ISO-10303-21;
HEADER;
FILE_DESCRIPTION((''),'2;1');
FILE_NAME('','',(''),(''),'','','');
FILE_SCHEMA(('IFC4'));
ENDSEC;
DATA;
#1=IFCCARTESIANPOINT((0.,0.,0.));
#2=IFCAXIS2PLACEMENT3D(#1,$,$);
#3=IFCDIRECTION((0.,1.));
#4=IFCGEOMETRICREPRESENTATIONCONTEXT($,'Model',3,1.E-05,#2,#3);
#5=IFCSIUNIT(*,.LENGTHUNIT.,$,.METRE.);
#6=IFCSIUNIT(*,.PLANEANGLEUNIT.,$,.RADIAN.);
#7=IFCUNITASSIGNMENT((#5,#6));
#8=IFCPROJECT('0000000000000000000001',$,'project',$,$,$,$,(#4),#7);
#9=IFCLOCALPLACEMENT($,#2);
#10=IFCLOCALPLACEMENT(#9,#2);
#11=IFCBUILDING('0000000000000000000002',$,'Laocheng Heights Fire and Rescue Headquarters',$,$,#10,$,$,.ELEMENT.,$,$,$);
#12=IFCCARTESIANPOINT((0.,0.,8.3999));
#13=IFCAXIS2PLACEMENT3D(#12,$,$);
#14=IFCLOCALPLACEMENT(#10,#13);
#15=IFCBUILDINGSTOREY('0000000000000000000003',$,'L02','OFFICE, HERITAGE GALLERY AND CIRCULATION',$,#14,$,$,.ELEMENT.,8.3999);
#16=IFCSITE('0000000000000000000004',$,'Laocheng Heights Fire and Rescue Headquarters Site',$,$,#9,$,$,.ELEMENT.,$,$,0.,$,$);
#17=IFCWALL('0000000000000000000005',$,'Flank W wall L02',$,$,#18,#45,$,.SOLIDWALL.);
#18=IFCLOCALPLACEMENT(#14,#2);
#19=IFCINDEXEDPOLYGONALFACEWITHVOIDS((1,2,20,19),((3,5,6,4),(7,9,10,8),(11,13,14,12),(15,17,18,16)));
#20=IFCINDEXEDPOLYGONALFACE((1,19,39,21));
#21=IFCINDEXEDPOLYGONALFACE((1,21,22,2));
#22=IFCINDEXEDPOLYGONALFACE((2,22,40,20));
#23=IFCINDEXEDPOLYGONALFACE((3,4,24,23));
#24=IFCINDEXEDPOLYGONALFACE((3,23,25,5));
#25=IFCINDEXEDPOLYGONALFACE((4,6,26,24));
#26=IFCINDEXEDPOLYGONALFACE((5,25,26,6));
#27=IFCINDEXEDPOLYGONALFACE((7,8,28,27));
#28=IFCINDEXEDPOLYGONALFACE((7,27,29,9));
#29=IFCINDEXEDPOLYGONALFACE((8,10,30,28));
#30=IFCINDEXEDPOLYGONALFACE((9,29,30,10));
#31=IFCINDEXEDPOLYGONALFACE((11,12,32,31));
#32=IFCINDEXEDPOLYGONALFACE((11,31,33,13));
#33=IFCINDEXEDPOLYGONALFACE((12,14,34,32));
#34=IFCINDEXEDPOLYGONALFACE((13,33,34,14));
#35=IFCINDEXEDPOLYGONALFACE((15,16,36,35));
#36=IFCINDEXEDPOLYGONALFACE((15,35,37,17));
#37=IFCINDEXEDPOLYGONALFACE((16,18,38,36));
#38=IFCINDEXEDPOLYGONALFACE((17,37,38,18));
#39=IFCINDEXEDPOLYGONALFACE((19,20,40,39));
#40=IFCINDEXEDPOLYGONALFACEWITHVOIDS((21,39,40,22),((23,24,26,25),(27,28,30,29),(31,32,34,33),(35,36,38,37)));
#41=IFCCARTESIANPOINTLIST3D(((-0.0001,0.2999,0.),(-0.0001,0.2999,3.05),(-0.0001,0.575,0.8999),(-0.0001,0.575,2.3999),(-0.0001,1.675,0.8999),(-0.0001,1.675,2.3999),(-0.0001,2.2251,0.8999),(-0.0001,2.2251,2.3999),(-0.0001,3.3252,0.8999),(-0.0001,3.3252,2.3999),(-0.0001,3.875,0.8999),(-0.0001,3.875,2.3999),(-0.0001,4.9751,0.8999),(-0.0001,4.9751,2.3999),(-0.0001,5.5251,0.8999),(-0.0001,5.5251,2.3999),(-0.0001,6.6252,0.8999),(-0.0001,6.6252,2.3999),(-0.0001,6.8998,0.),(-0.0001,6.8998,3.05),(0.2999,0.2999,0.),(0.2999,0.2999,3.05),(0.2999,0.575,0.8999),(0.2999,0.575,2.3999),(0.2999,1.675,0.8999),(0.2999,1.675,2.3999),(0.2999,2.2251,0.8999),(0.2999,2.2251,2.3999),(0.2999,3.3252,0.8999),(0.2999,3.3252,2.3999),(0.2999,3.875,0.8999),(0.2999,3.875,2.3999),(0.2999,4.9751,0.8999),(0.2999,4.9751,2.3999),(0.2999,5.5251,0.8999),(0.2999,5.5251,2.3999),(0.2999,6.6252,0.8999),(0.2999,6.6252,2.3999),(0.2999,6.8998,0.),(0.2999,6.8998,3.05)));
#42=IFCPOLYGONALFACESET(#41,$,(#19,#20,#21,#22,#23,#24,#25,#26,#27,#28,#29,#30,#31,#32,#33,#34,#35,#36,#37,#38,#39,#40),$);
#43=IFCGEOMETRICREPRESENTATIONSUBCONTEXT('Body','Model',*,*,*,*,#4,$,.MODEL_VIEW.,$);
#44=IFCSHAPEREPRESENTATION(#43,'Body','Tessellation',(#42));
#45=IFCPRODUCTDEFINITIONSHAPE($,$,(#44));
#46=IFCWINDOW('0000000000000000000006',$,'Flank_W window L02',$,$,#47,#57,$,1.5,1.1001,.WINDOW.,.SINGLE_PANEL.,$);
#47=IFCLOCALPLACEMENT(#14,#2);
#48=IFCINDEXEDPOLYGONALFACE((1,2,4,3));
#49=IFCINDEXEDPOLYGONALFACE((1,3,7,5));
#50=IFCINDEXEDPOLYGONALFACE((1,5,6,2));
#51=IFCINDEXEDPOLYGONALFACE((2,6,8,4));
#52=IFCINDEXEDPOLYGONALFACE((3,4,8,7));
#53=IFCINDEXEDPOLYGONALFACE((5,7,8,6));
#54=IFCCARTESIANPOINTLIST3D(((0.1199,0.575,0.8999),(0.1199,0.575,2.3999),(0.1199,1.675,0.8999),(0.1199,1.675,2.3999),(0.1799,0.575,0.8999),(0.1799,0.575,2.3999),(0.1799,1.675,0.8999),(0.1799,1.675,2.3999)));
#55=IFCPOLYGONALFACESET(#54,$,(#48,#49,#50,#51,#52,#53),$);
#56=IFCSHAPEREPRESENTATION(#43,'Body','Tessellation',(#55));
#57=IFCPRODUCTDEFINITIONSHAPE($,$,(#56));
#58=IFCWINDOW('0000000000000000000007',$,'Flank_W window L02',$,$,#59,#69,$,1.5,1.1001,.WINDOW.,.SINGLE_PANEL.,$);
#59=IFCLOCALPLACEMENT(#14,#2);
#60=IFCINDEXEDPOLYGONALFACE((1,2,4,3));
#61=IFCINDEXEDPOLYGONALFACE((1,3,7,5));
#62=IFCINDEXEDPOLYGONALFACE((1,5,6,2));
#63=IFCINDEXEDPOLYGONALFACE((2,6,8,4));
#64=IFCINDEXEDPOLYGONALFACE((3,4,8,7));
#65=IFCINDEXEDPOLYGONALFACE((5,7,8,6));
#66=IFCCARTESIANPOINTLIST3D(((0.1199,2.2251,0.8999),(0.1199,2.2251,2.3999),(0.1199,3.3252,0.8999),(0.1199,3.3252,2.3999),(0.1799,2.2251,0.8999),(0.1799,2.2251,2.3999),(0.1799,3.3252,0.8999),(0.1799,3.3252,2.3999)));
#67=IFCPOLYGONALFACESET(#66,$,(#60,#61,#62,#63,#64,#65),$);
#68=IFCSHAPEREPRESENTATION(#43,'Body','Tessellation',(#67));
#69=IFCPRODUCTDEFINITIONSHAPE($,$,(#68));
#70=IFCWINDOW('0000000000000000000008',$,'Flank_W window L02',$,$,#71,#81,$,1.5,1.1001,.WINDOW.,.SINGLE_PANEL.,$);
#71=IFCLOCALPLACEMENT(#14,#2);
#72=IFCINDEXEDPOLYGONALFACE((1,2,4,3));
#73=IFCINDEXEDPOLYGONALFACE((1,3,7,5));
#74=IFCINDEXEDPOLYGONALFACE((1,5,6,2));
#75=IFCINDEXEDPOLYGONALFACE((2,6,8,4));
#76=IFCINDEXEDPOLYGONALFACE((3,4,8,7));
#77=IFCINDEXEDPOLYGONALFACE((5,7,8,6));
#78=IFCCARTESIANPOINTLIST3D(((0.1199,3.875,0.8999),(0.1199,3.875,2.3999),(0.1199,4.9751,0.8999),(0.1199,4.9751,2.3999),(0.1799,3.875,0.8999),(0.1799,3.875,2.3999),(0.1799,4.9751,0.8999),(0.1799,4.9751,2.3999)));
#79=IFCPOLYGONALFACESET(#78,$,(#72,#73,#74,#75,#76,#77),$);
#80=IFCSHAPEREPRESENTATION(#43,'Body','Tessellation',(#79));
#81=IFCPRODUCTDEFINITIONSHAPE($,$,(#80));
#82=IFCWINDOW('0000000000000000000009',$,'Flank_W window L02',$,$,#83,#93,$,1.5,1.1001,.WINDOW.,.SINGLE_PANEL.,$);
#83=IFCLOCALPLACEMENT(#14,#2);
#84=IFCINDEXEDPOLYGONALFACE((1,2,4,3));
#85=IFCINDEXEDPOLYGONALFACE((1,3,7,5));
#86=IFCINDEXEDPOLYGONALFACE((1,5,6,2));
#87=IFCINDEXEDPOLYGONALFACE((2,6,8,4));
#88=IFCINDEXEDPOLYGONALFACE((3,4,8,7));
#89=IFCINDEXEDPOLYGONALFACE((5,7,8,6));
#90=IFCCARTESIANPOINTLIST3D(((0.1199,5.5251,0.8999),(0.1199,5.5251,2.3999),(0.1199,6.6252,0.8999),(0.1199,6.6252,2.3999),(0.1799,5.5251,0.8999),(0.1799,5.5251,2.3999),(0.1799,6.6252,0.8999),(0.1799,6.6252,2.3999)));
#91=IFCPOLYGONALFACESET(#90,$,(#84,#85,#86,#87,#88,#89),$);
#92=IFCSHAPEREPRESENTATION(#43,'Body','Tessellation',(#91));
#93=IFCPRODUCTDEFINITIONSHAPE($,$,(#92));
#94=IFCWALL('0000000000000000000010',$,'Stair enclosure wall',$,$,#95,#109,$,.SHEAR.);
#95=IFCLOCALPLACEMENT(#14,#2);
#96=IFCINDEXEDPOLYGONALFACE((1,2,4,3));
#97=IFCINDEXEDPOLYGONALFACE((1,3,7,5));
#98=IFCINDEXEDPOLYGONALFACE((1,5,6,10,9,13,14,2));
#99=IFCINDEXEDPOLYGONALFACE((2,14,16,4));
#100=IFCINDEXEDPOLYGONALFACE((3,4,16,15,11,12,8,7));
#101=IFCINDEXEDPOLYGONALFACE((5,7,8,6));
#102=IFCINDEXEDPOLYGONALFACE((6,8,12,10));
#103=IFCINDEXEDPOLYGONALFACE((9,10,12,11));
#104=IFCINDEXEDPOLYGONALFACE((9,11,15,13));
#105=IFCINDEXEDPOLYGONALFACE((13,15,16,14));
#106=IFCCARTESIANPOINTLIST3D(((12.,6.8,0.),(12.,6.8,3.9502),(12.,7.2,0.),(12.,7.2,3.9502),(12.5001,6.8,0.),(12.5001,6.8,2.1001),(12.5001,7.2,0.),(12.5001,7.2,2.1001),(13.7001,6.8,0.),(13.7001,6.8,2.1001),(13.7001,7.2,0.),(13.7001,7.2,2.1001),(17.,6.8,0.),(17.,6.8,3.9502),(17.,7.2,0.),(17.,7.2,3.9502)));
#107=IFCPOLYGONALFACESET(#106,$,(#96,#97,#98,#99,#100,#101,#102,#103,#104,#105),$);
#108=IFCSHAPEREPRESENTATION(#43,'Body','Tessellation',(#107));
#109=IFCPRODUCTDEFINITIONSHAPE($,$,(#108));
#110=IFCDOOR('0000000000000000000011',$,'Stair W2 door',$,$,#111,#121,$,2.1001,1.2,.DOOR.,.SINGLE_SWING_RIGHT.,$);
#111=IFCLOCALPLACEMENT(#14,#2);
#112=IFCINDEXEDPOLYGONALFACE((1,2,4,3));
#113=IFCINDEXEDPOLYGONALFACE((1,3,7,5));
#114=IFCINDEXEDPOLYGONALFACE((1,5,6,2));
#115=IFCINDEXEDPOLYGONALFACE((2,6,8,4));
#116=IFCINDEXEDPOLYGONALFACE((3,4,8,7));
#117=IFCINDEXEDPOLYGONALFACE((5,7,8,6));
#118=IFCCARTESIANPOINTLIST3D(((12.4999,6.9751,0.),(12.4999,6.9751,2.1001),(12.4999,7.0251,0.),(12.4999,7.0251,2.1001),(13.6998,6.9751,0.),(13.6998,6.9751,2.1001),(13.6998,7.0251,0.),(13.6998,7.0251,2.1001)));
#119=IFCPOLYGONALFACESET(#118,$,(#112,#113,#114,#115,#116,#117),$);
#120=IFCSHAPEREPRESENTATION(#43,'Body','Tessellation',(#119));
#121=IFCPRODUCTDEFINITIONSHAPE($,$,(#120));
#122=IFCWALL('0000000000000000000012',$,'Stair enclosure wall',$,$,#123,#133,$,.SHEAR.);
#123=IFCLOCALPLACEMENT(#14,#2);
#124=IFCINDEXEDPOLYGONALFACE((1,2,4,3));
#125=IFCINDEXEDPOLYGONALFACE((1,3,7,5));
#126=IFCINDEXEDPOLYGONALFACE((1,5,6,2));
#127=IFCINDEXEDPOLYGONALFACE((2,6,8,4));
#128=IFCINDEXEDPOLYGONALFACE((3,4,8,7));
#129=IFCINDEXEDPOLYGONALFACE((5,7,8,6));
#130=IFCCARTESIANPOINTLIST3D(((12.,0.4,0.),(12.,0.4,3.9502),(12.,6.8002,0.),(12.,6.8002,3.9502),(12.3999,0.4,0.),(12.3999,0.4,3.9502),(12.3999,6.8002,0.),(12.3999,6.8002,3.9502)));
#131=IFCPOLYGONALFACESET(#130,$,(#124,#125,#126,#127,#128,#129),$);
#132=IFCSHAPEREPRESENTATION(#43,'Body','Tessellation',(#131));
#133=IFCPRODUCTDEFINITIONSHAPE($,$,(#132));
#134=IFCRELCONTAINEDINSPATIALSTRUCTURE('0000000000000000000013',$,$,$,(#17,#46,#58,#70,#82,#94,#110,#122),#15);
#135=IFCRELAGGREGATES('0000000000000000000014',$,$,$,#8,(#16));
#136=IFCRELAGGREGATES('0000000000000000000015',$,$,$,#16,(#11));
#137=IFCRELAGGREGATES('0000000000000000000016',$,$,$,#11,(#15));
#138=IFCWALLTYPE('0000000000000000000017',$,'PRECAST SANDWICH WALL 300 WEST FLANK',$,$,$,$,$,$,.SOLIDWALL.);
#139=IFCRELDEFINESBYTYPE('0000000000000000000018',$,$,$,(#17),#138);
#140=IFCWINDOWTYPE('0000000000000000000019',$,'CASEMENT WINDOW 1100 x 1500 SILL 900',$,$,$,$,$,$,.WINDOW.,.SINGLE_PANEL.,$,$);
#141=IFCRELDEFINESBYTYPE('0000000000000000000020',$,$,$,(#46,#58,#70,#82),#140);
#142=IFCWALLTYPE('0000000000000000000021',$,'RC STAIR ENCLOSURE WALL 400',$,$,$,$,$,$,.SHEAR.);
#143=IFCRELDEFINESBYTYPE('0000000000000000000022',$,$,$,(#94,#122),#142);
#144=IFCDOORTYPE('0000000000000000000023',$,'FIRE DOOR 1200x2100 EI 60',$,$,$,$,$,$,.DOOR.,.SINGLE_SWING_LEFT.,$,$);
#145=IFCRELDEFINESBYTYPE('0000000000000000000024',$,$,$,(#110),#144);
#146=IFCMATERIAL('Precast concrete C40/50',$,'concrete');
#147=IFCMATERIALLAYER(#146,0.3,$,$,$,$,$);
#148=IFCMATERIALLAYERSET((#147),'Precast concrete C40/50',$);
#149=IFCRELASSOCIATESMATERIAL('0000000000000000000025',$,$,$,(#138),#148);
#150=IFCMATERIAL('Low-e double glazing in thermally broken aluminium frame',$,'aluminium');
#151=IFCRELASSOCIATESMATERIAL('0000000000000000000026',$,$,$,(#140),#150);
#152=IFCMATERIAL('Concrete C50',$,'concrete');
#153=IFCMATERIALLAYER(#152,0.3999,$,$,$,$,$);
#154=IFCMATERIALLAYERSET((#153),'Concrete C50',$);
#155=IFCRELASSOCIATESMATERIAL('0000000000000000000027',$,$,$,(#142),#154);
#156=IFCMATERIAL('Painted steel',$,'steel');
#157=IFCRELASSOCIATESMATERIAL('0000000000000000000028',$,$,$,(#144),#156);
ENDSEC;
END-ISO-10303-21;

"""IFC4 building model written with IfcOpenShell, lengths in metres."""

from ifc_helpers import new_model, si_unit, direction, frame, frame_2d, origin, place, context, subcontext, project, spatial, rectangle, extrude, material, layer, layer_set, type_object, element, fill, save


model = new_model("IFC4")

# Units and contexts
model_context = context("Model", 3, precision=1e-05, world=origin(), true_north=direction((0.0, 1.0)))
body_context = subcontext(model_context, "Body", "Model", "MODEL_VIEW")
ifc_project = project(units=[si_unit("LENGTHUNIT", "METRE"), si_unit("PLANEANGLEUNIT", "RADIAN")], contexts=[model_context])

# Site, building, storey
site_placement = place(None, origin())
site = spatial("IfcSite", under=ifc_project, at=site_placement, Name="Laocheng Heights Fire and Rescue Headquarters Site", CompositionType="ELEMENT", RefElevation=0.0)
building_placement = place(site_placement, origin())
building = spatial("IfcBuilding", under=site, at=building_placement, Name="Laocheng Heights Fire and Rescue Headquarters", CompositionType="ELEMENT")
storey_placement = place(building_placement, frame((0.0, 0.0, 8.3999)))
storey = spatial("IfcBuildingStorey", under=building, at=storey_placement, Name="L02", Description="OFFICE, HERITAGE GALLERY AND CIRCULATION", CompositionType="ELEMENT", Elevation=8.3999)

# Wall, openings, windows
ifc_material_1 = material(Name="Precast concrete C40/50", Category="concrete")
ifc_layer_1 = layer(ifc_material_1, 0.3)
ifc_layer_set_1 = layer_set([ifc_layer_1], Name="Precast concrete C40/50")
wall_type_1 = type_object("IfcWallType", Name="PRECAST SANDWICH WALL 300 WEST FLANK", PredefinedType="SOLIDWALL", material=ifc_layer_set_1)
wall_1_placement = place(storey_placement, frame((0.1499, 0.3, 0.0), z_axis=(0.0, 0.0, 1.0), x_axis=(0.0, 1.0, 0.0)))
wall_1 = element("IfcWall", 1, at=wall_1_placement, inside=storey, type_object=wall_type_1, Name="Flank W wall L02", PredefinedType="SOLIDWALL", context=body_context, shape_type="SweptSolid", body=[
    extrude(rectangle(XDim=6.5999, YDim=0.3, at=frame_2d((3.2998, 0.0))), origin(), (0.0, 0.0, 1.0), 3.05),
])
opening_1_placement = place(wall_1_placement, frame((0.2749, 0.0, 0.8999)))
opening_1 = element("IfcOpeningElement", 2, at=opening_1_placement, cuts=wall_1, PredefinedType="OPENING", context=body_context, shape_type="SweptSolid", body=[
    extrude(rectangle(XDim=1.1001, YDim=1.5, at=frame_2d((0.55, 0.75))), frame((0.0, 0.1599, 0.0), z_axis=(0.0, -1.0, 0.0), x_axis=(1.0, 0.0, 0.0)), (0.0, 0.0, 1.0), 0.3201),
])
opening_2_placement = place(wall_1_placement, frame((1.925, 0.0, 0.8999)))
opening_2 = element("IfcOpeningElement", 3, at=opening_2_placement, cuts=wall_1, PredefinedType="OPENING", context=body_context, shape_type="SweptSolid", body=[
    extrude(rectangle(XDim=1.1001, YDim=1.5, at=frame_2d((0.55, 0.75))), frame((0.0, 0.1599, 0.0), z_axis=(0.0, -1.0, 0.0), x_axis=(1.0, 0.0, 0.0)), (0.0, 0.0, 1.0), 0.3201),
])
opening_3_placement = place(wall_1_placement, frame((3.575, 0.0, 0.8999)))
opening_3 = element("IfcOpeningElement", 4, at=opening_3_placement, cuts=wall_1, PredefinedType="OPENING", context=body_context, shape_type="SweptSolid", body=[
    extrude(rectangle(XDim=1.1001, YDim=1.5, at=frame_2d((0.55, 0.75))), frame((0.0, 0.1599, 0.0), z_axis=(0.0, -1.0, 0.0), x_axis=(1.0, 0.0, 0.0)), (0.0, 0.0, 1.0), 0.3201),
])
opening_4_placement = place(wall_1_placement, frame((5.2251, 0.0, 0.8999)))
opening_4 = element("IfcOpeningElement", 5, at=opening_4_placement, cuts=wall_1, PredefinedType="OPENING", context=body_context, shape_type="SweptSolid", body=[
    extrude(rectangle(XDim=1.1001, YDim=1.5, at=frame_2d((0.55, 0.75))), frame((0.0, 0.1599, 0.0), z_axis=(0.0, -1.0, 0.0), x_axis=(1.0, 0.0, 0.0)), (0.0, 0.0, 1.0), 0.3201),
])
ifc_material_2 = material(Name="Low-e double glazing in thermally broken aluminium frame", Category="aluminium")
window_type = type_object("IfcWindowType", Name="CASEMENT WINDOW 1100 x 1500 SILL 900", PartitioningType="SINGLE_PANEL", PredefinedType="WINDOW", material=ifc_material_2)
window_1_placement = place(opening_1_placement, origin())
window_1 = element("IfcWindow", 6, at=window_1_placement, inside=storey, type_object=window_type, Name="Flank_W window L02", OverallHeight=1.5, OverallWidth=1.1001, PartitioningType="SINGLE_PANEL", PredefinedType="WINDOW", context=body_context, shape_type="SweptSolid", body=[
    extrude(rectangle(XDim=1.1001, YDim=1.5, at=frame_2d((0.55, 0.75))), frame((0.0, 0.03, 0.0), z_axis=(0.0, -1.0, 0.0), x_axis=(1.0, 0.0, 0.0)), (0.0, 0.0, 1.0), 0.0601),
])
fill(opening_1, window_1)
window_2_placement = place(opening_2_placement, origin())
window_2 = element("IfcWindow", 7, at=window_2_placement, inside=storey, type_object=window_type, Name="Flank_W window L02", OverallHeight=1.5, OverallWidth=1.1001, PartitioningType="SINGLE_PANEL", PredefinedType="WINDOW", context=body_context, shape_type="SweptSolid", body=[
    extrude(rectangle(XDim=1.1001, YDim=1.5, at=frame_2d((0.55, 0.75))), frame((0.0, 0.03, 0.0), z_axis=(0.0, -1.0, 0.0), x_axis=(1.0, 0.0, 0.0)), (0.0, 0.0, 1.0), 0.0601),
])
fill(opening_2, window_2)
window_3_placement = place(opening_3_placement, origin())
window_3 = element("IfcWindow", 8, at=window_3_placement, inside=storey, type_object=window_type, Name="Flank_W window L02", OverallHeight=1.5, OverallWidth=1.1001, PartitioningType="SINGLE_PANEL", PredefinedType="WINDOW", context=body_context, shape_type="SweptSolid", body=[
    extrude(rectangle(XDim=1.1001, YDim=1.5, at=frame_2d((0.55, 0.75))), frame((0.0, 0.03, 0.0), z_axis=(0.0, -1.0, 0.0), x_axis=(1.0, 0.0, 0.0)), (0.0, 0.0, 1.0), 0.0601),
])
fill(opening_3, window_3)
window_4_placement = place(opening_4_placement, origin())
window_4 = element("IfcWindow", 9, at=window_4_placement, inside=storey, type_object=window_type, Name="Flank_W window L02", OverallHeight=1.5, OverallWidth=1.1001, PartitioningType="SINGLE_PANEL", PredefinedType="WINDOW", context=body_context, shape_type="SweptSolid", body=[
    extrude(rectangle(XDim=1.1001, YDim=1.5, at=frame_2d((0.55, 0.75))), frame((0.0, 0.03, 0.0), z_axis=(0.0, -1.0, 0.0), x_axis=(1.0, 0.0, 0.0)), (0.0, 0.0, 1.0), 0.0601),
])
fill(opening_4, window_4)

# Wall, opening, door
ifc_material_3 = material(Name="Concrete C50", Category="concrete")
ifc_layer_2 = layer(ifc_material_3, 0.3999)
ifc_layer_set_2 = layer_set([ifc_layer_2], Name="Concrete C50")
wall_type_2 = type_object("IfcWallType", Name="RC STAIR ENCLOSURE WALL 400", PredefinedType="SHEAR", material=ifc_layer_set_2)
wall_2_placement = place(storey_placement, frame((12.0, 7.0, 0.0), z_axis=(0.0, 0.0, 1.0), x_axis=(1.0, 0.0, 0.0)))
wall_2 = element("IfcWall", 10, at=wall_2_placement, inside=storey, type_object=wall_type_2, Name="Stair enclosure wall", PredefinedType="SHEAR", context=body_context, shape_type="SweptSolid", body=[
    extrude(rectangle(XDim=5.0, YDim=0.3999, at=frame_2d((2.5, 0.0))), origin(), (0.0, 0.0, 1.0), 3.9502),
])
opening_5_placement = place(wall_2_placement, frame((0.5, 0.0, 0.0)))
opening_5 = element("IfcOpeningElement", 11, at=opening_5_placement, cuts=wall_2, PredefinedType="OPENING", context=body_context, shape_type="SweptSolid", body=[
    extrude(rectangle(XDim=1.2, YDim=2.1001, at=frame_2d((0.6001, 1.05))), frame((0.0, 0.21, 0.0), z_axis=(0.0, -1.0, 0.0), x_axis=(1.0, 0.0, 0.0)), (0.0, 0.0, 1.0), 0.4199),
])
ifc_material_4 = material(Name="Painted steel", Category="steel")
door_type = type_object("IfcDoorType", Name="FIRE DOOR 1200x2100 EI 60", OperationType="SINGLE_SWING_LEFT", PredefinedType="DOOR", material=ifc_material_4)
door_placement = place(opening_5_placement, frame((1.2, 0.0, 0.0), z_axis=(0.0, 0.0, 1.0), x_axis=(-1.0, 0.0, 0.0)))
door = element("IfcDoor", 12, at=door_placement, inside=storey, type_object=door_type, Name="Stair W2 door", OperationType="SINGLE_SWING_RIGHT", OverallHeight=2.1001, OverallWidth=1.2, PredefinedType="DOOR", context=body_context, shape_type="SweptSolid", body=[
    extrude(rectangle(XDim=1.2, YDim=2.1001, at=frame_2d((0.6001, 1.05))), frame((0.0, 0.0249, 0.0), z_axis=(0.0, -1.0, 0.0), x_axis=(1.0, 0.0, 0.0)), (0.0, 0.0, 1.0), 0.05),
])
fill(opening_5, door)

# Wall
wall_3_placement = place(storey_placement, frame((12.2, 0.3999, 0.0), z_axis=(0.0, 0.0, 1.0), x_axis=(0.0, 1.0, 0.0)))
element("IfcWall", 13, at=wall_3_placement, inside=storey, type_object=wall_type_2, Name="Stair enclosure wall", PredefinedType="SHEAR", context=body_context, shape_type="SweptSolid", body=[
    extrude(rectangle(XDim=6.4001, YDim=0.3999, at=frame_2d((3.2002, 0.0))), origin(), (0.0, 0.0, 1.0), 3.9502),
])

save(model, "model.ifc")
